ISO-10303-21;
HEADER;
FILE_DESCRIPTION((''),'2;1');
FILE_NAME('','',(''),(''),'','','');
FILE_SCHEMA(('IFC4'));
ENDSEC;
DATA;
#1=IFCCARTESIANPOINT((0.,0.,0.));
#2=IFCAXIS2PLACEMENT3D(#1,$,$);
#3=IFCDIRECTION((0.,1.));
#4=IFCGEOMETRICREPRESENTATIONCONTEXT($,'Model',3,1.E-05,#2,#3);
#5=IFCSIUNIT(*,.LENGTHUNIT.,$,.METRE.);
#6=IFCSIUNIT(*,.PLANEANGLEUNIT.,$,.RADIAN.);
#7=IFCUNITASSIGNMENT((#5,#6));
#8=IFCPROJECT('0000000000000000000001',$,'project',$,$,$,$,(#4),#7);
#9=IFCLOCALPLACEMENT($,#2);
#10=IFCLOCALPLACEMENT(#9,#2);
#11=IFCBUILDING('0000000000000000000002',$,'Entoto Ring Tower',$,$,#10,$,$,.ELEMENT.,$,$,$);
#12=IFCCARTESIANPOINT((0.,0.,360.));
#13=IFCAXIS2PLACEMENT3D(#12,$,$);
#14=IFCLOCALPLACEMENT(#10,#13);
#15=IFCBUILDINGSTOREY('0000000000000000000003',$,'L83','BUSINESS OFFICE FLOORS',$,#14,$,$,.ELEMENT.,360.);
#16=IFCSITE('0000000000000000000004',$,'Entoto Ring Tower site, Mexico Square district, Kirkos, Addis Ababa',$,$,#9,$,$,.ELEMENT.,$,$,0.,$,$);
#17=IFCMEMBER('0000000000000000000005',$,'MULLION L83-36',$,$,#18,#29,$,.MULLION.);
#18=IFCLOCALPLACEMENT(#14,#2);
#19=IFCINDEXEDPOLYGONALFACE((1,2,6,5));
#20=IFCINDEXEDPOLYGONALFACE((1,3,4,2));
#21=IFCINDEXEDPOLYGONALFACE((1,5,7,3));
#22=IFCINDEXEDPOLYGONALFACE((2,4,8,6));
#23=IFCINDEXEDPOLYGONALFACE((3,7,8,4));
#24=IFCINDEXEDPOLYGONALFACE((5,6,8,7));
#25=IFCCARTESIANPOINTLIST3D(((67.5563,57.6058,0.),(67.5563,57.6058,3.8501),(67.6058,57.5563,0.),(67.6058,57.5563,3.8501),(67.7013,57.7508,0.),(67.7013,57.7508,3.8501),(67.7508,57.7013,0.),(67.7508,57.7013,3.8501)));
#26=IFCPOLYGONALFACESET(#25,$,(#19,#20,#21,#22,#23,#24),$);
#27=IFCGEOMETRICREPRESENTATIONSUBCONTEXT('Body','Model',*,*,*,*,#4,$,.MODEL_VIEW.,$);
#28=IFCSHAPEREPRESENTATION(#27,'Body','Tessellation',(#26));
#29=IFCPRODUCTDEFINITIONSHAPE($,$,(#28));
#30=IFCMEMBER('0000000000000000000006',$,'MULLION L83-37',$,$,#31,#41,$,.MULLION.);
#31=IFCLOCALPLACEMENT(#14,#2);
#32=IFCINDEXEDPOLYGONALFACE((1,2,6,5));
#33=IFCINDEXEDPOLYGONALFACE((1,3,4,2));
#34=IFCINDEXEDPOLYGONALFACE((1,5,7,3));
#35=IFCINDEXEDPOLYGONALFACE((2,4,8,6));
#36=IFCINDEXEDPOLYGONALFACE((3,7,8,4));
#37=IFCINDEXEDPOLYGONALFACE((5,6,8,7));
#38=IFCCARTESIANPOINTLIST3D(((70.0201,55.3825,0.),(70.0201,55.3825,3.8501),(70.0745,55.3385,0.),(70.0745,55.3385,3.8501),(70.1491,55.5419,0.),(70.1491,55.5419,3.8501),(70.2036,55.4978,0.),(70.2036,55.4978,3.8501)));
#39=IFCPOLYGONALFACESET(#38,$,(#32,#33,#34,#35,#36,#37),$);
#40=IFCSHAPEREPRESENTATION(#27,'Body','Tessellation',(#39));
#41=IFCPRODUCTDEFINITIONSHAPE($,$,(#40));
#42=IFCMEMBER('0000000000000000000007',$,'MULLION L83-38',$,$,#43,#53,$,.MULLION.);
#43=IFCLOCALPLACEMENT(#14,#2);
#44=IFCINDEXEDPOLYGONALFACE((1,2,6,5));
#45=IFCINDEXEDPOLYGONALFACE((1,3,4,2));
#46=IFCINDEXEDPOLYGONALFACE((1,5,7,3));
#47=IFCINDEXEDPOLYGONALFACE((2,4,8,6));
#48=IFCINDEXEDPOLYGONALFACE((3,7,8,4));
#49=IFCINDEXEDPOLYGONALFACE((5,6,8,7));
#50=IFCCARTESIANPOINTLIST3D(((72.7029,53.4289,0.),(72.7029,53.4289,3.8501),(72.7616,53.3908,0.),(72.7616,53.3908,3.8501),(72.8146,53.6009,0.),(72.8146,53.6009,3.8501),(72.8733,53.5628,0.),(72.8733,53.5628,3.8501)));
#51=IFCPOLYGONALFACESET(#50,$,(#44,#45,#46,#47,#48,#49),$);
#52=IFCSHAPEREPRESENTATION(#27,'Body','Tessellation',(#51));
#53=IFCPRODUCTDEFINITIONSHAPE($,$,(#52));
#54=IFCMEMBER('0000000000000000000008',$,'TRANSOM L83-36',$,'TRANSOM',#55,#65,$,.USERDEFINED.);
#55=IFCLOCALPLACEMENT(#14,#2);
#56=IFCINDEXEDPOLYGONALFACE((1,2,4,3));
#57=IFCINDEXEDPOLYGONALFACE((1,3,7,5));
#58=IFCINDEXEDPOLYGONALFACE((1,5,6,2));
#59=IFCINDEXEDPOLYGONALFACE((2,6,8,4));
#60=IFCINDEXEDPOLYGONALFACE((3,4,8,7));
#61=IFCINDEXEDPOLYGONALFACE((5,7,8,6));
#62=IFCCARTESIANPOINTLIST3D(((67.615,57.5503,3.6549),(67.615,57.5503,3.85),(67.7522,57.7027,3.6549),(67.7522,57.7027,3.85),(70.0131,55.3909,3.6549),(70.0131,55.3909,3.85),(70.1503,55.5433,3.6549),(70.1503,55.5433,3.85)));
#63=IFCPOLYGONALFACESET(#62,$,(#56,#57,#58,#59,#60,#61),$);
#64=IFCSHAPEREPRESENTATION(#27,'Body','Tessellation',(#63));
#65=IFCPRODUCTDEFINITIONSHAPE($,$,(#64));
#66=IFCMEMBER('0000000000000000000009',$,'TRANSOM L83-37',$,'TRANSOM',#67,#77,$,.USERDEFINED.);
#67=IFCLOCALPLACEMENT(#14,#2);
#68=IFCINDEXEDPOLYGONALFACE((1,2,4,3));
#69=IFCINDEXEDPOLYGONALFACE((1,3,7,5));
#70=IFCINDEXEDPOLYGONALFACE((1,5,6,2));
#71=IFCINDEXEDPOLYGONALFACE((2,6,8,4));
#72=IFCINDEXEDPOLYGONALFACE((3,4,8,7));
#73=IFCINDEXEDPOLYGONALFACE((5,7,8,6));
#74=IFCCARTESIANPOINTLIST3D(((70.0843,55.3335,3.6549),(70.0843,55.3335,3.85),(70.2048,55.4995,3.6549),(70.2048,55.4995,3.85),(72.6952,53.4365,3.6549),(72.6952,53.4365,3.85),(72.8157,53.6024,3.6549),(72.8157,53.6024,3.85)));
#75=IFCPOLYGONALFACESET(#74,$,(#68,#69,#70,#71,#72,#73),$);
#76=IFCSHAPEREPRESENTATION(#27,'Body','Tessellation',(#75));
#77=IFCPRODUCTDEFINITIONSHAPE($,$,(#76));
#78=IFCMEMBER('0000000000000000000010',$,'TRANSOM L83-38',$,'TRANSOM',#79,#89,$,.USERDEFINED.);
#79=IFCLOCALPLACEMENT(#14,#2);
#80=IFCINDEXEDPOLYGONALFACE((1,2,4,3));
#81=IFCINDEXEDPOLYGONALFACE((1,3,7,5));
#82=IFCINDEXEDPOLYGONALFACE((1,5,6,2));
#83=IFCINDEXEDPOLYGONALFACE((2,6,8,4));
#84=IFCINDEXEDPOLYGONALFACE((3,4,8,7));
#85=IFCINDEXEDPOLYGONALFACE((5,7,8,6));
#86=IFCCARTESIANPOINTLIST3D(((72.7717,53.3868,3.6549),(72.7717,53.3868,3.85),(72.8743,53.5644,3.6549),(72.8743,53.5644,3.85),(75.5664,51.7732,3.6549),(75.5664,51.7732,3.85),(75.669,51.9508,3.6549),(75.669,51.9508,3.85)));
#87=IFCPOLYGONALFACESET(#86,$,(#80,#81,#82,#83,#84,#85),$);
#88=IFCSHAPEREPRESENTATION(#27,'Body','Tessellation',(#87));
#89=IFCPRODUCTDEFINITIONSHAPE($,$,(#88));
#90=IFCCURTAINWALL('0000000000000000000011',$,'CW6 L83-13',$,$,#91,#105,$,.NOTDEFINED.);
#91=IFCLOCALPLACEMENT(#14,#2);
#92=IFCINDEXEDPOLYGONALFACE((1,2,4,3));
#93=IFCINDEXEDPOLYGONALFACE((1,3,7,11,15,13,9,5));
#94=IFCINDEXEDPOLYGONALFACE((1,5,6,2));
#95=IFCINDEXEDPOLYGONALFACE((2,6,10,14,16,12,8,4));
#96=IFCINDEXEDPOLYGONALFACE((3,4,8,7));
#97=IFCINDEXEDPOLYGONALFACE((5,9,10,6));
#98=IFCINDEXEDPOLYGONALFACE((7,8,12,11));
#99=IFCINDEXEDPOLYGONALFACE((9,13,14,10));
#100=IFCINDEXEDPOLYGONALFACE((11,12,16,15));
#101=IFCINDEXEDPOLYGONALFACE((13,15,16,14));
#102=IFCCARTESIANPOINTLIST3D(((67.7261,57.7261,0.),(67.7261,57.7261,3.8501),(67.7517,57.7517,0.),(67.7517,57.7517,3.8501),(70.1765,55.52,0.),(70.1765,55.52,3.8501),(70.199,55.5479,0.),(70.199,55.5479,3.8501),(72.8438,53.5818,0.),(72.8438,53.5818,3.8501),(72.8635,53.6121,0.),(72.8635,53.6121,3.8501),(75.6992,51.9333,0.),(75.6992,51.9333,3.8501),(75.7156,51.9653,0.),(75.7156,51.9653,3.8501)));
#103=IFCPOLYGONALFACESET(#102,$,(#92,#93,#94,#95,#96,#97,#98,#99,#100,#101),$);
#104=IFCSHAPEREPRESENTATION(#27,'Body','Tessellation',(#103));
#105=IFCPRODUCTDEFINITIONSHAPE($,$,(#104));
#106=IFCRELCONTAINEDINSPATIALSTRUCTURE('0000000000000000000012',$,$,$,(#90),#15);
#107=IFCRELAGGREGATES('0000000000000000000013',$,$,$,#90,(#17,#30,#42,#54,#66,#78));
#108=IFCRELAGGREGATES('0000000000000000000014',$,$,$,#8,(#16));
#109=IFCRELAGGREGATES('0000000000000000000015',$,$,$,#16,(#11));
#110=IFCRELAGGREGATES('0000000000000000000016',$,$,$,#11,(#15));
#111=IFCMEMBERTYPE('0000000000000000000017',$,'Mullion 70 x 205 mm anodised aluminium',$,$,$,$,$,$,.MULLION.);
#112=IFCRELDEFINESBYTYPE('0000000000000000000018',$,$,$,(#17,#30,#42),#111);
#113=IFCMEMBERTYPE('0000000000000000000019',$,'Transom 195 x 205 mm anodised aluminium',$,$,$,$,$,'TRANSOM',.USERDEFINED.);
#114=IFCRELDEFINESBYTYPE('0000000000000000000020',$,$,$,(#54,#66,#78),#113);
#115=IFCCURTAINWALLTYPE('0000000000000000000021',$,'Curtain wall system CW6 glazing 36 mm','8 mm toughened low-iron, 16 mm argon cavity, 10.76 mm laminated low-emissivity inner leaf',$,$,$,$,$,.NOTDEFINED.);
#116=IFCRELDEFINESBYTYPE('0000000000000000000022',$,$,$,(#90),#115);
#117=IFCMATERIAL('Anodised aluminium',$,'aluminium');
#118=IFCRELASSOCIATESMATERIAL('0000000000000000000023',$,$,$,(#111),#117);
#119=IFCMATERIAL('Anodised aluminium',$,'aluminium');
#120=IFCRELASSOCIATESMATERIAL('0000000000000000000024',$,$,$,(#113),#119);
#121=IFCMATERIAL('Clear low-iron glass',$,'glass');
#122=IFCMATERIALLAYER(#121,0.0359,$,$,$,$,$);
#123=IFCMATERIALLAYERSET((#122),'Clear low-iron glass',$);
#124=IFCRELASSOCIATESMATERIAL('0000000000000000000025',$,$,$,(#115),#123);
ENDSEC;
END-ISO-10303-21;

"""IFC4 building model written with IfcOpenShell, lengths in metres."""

from ifc_helpers import new_model, si_unit, direction, frame, origin, origin_2d, place, context, subcontext, project, spatial, polyline, rectangle, outline, extrude, material, layer, layer_set, material_profile, profile_set, type_object, element, aggregate, save


model = new_model("IFC4")

# Units and contexts
model_context = context("Model", 3, precision=1e-05, world=origin(), true_north=direction((0.0, 1.0)))
body_context = subcontext(model_context, "Body", "Model", "MODEL_VIEW")
ifc_project = project(units=[si_unit("LENGTHUNIT", "METRE"), si_unit("PLANEANGLEUNIT", "RADIAN")], contexts=[model_context])

# Members
ifc_material_1 = material(Name="Anodised aluminium", Category="aluminium")
ifc_material_profile_1 = material_profile(ifc_material_1, rectangle(XDim=0.0701, YDim=0.2051, at=origin_2d()), Name="Mullion 70 x 205 mm anodised aluminium")
ifc_profile_set_1 = profile_set([ifc_material_profile_1], Name="Anodised aluminium")
member_type_1 = type_object("IfcMemberType", Name="Mullion 70 x 205 mm anodised aluminium", PredefinedType="MULLION", material=ifc_profile_set_1)
site_placement = place(None, origin())
building_placement = place(site_placement, origin())
storey_placement = place(building_placement, frame((0.0, 0.0, 360.0)))
member_1_placement = place(storey_placement, frame((67.6536, 57.6536, 0.0), z_axis=(0.0, 0.0, 1.0), x_axis=(0.707107, -0.707107, 0.0)))
member_1 = element("IfcMember", 1, at=member_1_placement, type_object=member_type_1, Name="MULLION L83-36", PredefinedType="MULLION", context=body_context, shape_type="SweptSolid", body=[
    extrude(rectangle(XDim=0.0701, YDim=0.2051, at=origin_2d()), origin(), (0.0, 0.0, 1.0), 3.8501),
])
member_2_placement = place(storey_placement, frame((70.1118, 55.4402, 0.0), z_axis=(0.0, 0.0, 1.0), x_axis=(0.777146, -0.62932, 0.0)))
member_2 = element("IfcMember", 2, at=member_2_placement, type_object=member_type_1, Name="MULLION L83-37", PredefinedType="MULLION", context=body_context, shape_type="SweptSolid", body=[
    extrude(rectangle(XDim=0.0701, YDim=0.2051, at=origin_2d()), origin(), (0.0, 0.0, 1.0), 3.8501),
])
member_3_placement = place(storey_placement, frame((72.7881, 53.4958, 0.0), z_axis=(0.0, 0.0, 1.0), x_axis=(0.838671, -0.544639, 0.0)))
member_3 = element("IfcMember", 3, at=member_3_placement, type_object=member_type_1, Name="MULLION L83-38", PredefinedType="MULLION", context=body_context, shape_type="SweptSolid", body=[
    extrude(rectangle(XDim=0.0701, YDim=0.2051, at=origin_2d()), origin(), (0.0, 0.0, 1.0), 3.8501),
])
ifc_material_2 = material(Name="Anodised aluminium", Category="aluminium")
ifc_material_profile_2 = material_profile(ifc_material_2, rectangle(XDim=0.2051, YDim=0.1951, at=origin_2d()), Name="Transom 195 x 205 mm anodised aluminium")
ifc_profile_set_2 = profile_set([ifc_material_profile_2], Name="Anodised aluminium")
member_type_2 = type_object("IfcMemberType", Name="Transom 195 x 205 mm anodised aluminium", ElementType="TRANSOM", PredefinedType="USERDEFINED", material=ifc_profile_set_2)
member_4_placement = place(storey_placement, frame((67.6836, 57.6265, 3.7524), z_axis=(0.743132, -0.669144, 0.0), x_axis=(0.669144, 0.743132, 0.0)))
member_4 = element("IfcMember", 4, at=member_4_placement, type_object=member_type_2, Name="TRANSOM L83-36", ObjectType="TRANSOM", PredefinedType="USERDEFINED", context=body_context, shape_type="SweptSolid", body=[
    extrude(rectangle(XDim=0.2051, YDim=0.1951, at=origin_2d()), origin(), (0.0, 0.0, 1.0), 3.2271),
])
member_5_placement = place(storey_placement, frame((70.1445, 55.4165, 3.7524), z_axis=(0.809004, -0.587803, 0.0), x_axis=(0.587803, 0.809004, 0.0)))
member_5 = element("IfcMember", 5, at=member_5_placement, type_object=member_type_2, Name="TRANSOM L83-37", ObjectType="TRANSOM", PredefinedType="USERDEFINED", context=body_context, shape_type="SweptSolid", body=[
    extrude(rectangle(XDim=0.2051, YDim=0.1951, at=origin_2d()), origin(), (0.0, 0.0, 1.0), 3.2273),
])
member_6_placement = place(storey_placement, frame((72.823, 53.4756, 3.7524), z_axis=(0.866023, -0.500004, 0.0), x_axis=(0.500004, 0.866023, 0.0)))
member_6 = element("IfcMember", 6, at=member_6_placement, type_object=member_type_2, Name="TRANSOM L83-38", ObjectType="TRANSOM", PredefinedType="USERDEFINED", context=body_context, shape_type="SweptSolid", body=[
    extrude(rectangle(XDim=0.2051, YDim=0.1951, at=origin_2d()), origin(), (0.0, 0.0, 1.0), 3.2271),
])

# Site, building, storey
site = spatial("IfcSite", under=ifc_project, at=site_placement, Name="Entoto Ring Tower site, Mexico Square district, Kirkos, Addis Ababa", CompositionType="ELEMENT", RefElevation=0.0)
building = spatial("IfcBuilding", under=site, at=building_placement, Name="Entoto Ring Tower", CompositionType="ELEMENT")
storey = spatial("IfcBuildingStorey", under=building, at=storey_placement, Name="L83", Description="BUSINESS OFFICE FLOORS", CompositionType="ELEMENT", Elevation=360.0)

# Curtain wall
ifc_material_3 = material(Name="Clear low-iron glass", Category="glass")
ifc_layer = layer(ifc_material_3, 0.0359)
ifc_layer_set = layer_set([ifc_layer], Name="Clear low-iron glass")
curtain_wall_type = type_object("IfcCurtainWallType", Name="Curtain wall system CW6 glazing 36 mm", Description="8 mm toughened low-iron, 16 mm argon cavity, 10.76 mm laminated low-emissivity inner leaf", PredefinedType="NOTDEFINED", material=ifc_layer_set)
curtain_wall_1_placement = place(storey_placement, origin())
curtain_wall_1 = element("IfcCurtainWall", 7, at=curtain_wall_1_placement, inside=storey, type_object=curtain_wall_type, Name="CW6 L83-13", PredefinedType="NOTDEFINED", context=body_context, shape_type="SweptSolid", body=[
    extrude(outline(polyline([(67.7261, 57.7261), (70.1765, 55.52), (72.8438, 53.5818), (75.6992, 51.9333), (75.7156, 51.9653), (72.8635, 53.6121), (70.199, 55.5479), (67.7517, 57.7517), (67.7261, 57.7261)])), origin(), (0.0, 0.0, 1.0), 3.8501),
])
aggregate(curtain_wall_1, [member_1, member_2, member_3, member_4, member_5, member_6])

save(model, "model.ifc")
